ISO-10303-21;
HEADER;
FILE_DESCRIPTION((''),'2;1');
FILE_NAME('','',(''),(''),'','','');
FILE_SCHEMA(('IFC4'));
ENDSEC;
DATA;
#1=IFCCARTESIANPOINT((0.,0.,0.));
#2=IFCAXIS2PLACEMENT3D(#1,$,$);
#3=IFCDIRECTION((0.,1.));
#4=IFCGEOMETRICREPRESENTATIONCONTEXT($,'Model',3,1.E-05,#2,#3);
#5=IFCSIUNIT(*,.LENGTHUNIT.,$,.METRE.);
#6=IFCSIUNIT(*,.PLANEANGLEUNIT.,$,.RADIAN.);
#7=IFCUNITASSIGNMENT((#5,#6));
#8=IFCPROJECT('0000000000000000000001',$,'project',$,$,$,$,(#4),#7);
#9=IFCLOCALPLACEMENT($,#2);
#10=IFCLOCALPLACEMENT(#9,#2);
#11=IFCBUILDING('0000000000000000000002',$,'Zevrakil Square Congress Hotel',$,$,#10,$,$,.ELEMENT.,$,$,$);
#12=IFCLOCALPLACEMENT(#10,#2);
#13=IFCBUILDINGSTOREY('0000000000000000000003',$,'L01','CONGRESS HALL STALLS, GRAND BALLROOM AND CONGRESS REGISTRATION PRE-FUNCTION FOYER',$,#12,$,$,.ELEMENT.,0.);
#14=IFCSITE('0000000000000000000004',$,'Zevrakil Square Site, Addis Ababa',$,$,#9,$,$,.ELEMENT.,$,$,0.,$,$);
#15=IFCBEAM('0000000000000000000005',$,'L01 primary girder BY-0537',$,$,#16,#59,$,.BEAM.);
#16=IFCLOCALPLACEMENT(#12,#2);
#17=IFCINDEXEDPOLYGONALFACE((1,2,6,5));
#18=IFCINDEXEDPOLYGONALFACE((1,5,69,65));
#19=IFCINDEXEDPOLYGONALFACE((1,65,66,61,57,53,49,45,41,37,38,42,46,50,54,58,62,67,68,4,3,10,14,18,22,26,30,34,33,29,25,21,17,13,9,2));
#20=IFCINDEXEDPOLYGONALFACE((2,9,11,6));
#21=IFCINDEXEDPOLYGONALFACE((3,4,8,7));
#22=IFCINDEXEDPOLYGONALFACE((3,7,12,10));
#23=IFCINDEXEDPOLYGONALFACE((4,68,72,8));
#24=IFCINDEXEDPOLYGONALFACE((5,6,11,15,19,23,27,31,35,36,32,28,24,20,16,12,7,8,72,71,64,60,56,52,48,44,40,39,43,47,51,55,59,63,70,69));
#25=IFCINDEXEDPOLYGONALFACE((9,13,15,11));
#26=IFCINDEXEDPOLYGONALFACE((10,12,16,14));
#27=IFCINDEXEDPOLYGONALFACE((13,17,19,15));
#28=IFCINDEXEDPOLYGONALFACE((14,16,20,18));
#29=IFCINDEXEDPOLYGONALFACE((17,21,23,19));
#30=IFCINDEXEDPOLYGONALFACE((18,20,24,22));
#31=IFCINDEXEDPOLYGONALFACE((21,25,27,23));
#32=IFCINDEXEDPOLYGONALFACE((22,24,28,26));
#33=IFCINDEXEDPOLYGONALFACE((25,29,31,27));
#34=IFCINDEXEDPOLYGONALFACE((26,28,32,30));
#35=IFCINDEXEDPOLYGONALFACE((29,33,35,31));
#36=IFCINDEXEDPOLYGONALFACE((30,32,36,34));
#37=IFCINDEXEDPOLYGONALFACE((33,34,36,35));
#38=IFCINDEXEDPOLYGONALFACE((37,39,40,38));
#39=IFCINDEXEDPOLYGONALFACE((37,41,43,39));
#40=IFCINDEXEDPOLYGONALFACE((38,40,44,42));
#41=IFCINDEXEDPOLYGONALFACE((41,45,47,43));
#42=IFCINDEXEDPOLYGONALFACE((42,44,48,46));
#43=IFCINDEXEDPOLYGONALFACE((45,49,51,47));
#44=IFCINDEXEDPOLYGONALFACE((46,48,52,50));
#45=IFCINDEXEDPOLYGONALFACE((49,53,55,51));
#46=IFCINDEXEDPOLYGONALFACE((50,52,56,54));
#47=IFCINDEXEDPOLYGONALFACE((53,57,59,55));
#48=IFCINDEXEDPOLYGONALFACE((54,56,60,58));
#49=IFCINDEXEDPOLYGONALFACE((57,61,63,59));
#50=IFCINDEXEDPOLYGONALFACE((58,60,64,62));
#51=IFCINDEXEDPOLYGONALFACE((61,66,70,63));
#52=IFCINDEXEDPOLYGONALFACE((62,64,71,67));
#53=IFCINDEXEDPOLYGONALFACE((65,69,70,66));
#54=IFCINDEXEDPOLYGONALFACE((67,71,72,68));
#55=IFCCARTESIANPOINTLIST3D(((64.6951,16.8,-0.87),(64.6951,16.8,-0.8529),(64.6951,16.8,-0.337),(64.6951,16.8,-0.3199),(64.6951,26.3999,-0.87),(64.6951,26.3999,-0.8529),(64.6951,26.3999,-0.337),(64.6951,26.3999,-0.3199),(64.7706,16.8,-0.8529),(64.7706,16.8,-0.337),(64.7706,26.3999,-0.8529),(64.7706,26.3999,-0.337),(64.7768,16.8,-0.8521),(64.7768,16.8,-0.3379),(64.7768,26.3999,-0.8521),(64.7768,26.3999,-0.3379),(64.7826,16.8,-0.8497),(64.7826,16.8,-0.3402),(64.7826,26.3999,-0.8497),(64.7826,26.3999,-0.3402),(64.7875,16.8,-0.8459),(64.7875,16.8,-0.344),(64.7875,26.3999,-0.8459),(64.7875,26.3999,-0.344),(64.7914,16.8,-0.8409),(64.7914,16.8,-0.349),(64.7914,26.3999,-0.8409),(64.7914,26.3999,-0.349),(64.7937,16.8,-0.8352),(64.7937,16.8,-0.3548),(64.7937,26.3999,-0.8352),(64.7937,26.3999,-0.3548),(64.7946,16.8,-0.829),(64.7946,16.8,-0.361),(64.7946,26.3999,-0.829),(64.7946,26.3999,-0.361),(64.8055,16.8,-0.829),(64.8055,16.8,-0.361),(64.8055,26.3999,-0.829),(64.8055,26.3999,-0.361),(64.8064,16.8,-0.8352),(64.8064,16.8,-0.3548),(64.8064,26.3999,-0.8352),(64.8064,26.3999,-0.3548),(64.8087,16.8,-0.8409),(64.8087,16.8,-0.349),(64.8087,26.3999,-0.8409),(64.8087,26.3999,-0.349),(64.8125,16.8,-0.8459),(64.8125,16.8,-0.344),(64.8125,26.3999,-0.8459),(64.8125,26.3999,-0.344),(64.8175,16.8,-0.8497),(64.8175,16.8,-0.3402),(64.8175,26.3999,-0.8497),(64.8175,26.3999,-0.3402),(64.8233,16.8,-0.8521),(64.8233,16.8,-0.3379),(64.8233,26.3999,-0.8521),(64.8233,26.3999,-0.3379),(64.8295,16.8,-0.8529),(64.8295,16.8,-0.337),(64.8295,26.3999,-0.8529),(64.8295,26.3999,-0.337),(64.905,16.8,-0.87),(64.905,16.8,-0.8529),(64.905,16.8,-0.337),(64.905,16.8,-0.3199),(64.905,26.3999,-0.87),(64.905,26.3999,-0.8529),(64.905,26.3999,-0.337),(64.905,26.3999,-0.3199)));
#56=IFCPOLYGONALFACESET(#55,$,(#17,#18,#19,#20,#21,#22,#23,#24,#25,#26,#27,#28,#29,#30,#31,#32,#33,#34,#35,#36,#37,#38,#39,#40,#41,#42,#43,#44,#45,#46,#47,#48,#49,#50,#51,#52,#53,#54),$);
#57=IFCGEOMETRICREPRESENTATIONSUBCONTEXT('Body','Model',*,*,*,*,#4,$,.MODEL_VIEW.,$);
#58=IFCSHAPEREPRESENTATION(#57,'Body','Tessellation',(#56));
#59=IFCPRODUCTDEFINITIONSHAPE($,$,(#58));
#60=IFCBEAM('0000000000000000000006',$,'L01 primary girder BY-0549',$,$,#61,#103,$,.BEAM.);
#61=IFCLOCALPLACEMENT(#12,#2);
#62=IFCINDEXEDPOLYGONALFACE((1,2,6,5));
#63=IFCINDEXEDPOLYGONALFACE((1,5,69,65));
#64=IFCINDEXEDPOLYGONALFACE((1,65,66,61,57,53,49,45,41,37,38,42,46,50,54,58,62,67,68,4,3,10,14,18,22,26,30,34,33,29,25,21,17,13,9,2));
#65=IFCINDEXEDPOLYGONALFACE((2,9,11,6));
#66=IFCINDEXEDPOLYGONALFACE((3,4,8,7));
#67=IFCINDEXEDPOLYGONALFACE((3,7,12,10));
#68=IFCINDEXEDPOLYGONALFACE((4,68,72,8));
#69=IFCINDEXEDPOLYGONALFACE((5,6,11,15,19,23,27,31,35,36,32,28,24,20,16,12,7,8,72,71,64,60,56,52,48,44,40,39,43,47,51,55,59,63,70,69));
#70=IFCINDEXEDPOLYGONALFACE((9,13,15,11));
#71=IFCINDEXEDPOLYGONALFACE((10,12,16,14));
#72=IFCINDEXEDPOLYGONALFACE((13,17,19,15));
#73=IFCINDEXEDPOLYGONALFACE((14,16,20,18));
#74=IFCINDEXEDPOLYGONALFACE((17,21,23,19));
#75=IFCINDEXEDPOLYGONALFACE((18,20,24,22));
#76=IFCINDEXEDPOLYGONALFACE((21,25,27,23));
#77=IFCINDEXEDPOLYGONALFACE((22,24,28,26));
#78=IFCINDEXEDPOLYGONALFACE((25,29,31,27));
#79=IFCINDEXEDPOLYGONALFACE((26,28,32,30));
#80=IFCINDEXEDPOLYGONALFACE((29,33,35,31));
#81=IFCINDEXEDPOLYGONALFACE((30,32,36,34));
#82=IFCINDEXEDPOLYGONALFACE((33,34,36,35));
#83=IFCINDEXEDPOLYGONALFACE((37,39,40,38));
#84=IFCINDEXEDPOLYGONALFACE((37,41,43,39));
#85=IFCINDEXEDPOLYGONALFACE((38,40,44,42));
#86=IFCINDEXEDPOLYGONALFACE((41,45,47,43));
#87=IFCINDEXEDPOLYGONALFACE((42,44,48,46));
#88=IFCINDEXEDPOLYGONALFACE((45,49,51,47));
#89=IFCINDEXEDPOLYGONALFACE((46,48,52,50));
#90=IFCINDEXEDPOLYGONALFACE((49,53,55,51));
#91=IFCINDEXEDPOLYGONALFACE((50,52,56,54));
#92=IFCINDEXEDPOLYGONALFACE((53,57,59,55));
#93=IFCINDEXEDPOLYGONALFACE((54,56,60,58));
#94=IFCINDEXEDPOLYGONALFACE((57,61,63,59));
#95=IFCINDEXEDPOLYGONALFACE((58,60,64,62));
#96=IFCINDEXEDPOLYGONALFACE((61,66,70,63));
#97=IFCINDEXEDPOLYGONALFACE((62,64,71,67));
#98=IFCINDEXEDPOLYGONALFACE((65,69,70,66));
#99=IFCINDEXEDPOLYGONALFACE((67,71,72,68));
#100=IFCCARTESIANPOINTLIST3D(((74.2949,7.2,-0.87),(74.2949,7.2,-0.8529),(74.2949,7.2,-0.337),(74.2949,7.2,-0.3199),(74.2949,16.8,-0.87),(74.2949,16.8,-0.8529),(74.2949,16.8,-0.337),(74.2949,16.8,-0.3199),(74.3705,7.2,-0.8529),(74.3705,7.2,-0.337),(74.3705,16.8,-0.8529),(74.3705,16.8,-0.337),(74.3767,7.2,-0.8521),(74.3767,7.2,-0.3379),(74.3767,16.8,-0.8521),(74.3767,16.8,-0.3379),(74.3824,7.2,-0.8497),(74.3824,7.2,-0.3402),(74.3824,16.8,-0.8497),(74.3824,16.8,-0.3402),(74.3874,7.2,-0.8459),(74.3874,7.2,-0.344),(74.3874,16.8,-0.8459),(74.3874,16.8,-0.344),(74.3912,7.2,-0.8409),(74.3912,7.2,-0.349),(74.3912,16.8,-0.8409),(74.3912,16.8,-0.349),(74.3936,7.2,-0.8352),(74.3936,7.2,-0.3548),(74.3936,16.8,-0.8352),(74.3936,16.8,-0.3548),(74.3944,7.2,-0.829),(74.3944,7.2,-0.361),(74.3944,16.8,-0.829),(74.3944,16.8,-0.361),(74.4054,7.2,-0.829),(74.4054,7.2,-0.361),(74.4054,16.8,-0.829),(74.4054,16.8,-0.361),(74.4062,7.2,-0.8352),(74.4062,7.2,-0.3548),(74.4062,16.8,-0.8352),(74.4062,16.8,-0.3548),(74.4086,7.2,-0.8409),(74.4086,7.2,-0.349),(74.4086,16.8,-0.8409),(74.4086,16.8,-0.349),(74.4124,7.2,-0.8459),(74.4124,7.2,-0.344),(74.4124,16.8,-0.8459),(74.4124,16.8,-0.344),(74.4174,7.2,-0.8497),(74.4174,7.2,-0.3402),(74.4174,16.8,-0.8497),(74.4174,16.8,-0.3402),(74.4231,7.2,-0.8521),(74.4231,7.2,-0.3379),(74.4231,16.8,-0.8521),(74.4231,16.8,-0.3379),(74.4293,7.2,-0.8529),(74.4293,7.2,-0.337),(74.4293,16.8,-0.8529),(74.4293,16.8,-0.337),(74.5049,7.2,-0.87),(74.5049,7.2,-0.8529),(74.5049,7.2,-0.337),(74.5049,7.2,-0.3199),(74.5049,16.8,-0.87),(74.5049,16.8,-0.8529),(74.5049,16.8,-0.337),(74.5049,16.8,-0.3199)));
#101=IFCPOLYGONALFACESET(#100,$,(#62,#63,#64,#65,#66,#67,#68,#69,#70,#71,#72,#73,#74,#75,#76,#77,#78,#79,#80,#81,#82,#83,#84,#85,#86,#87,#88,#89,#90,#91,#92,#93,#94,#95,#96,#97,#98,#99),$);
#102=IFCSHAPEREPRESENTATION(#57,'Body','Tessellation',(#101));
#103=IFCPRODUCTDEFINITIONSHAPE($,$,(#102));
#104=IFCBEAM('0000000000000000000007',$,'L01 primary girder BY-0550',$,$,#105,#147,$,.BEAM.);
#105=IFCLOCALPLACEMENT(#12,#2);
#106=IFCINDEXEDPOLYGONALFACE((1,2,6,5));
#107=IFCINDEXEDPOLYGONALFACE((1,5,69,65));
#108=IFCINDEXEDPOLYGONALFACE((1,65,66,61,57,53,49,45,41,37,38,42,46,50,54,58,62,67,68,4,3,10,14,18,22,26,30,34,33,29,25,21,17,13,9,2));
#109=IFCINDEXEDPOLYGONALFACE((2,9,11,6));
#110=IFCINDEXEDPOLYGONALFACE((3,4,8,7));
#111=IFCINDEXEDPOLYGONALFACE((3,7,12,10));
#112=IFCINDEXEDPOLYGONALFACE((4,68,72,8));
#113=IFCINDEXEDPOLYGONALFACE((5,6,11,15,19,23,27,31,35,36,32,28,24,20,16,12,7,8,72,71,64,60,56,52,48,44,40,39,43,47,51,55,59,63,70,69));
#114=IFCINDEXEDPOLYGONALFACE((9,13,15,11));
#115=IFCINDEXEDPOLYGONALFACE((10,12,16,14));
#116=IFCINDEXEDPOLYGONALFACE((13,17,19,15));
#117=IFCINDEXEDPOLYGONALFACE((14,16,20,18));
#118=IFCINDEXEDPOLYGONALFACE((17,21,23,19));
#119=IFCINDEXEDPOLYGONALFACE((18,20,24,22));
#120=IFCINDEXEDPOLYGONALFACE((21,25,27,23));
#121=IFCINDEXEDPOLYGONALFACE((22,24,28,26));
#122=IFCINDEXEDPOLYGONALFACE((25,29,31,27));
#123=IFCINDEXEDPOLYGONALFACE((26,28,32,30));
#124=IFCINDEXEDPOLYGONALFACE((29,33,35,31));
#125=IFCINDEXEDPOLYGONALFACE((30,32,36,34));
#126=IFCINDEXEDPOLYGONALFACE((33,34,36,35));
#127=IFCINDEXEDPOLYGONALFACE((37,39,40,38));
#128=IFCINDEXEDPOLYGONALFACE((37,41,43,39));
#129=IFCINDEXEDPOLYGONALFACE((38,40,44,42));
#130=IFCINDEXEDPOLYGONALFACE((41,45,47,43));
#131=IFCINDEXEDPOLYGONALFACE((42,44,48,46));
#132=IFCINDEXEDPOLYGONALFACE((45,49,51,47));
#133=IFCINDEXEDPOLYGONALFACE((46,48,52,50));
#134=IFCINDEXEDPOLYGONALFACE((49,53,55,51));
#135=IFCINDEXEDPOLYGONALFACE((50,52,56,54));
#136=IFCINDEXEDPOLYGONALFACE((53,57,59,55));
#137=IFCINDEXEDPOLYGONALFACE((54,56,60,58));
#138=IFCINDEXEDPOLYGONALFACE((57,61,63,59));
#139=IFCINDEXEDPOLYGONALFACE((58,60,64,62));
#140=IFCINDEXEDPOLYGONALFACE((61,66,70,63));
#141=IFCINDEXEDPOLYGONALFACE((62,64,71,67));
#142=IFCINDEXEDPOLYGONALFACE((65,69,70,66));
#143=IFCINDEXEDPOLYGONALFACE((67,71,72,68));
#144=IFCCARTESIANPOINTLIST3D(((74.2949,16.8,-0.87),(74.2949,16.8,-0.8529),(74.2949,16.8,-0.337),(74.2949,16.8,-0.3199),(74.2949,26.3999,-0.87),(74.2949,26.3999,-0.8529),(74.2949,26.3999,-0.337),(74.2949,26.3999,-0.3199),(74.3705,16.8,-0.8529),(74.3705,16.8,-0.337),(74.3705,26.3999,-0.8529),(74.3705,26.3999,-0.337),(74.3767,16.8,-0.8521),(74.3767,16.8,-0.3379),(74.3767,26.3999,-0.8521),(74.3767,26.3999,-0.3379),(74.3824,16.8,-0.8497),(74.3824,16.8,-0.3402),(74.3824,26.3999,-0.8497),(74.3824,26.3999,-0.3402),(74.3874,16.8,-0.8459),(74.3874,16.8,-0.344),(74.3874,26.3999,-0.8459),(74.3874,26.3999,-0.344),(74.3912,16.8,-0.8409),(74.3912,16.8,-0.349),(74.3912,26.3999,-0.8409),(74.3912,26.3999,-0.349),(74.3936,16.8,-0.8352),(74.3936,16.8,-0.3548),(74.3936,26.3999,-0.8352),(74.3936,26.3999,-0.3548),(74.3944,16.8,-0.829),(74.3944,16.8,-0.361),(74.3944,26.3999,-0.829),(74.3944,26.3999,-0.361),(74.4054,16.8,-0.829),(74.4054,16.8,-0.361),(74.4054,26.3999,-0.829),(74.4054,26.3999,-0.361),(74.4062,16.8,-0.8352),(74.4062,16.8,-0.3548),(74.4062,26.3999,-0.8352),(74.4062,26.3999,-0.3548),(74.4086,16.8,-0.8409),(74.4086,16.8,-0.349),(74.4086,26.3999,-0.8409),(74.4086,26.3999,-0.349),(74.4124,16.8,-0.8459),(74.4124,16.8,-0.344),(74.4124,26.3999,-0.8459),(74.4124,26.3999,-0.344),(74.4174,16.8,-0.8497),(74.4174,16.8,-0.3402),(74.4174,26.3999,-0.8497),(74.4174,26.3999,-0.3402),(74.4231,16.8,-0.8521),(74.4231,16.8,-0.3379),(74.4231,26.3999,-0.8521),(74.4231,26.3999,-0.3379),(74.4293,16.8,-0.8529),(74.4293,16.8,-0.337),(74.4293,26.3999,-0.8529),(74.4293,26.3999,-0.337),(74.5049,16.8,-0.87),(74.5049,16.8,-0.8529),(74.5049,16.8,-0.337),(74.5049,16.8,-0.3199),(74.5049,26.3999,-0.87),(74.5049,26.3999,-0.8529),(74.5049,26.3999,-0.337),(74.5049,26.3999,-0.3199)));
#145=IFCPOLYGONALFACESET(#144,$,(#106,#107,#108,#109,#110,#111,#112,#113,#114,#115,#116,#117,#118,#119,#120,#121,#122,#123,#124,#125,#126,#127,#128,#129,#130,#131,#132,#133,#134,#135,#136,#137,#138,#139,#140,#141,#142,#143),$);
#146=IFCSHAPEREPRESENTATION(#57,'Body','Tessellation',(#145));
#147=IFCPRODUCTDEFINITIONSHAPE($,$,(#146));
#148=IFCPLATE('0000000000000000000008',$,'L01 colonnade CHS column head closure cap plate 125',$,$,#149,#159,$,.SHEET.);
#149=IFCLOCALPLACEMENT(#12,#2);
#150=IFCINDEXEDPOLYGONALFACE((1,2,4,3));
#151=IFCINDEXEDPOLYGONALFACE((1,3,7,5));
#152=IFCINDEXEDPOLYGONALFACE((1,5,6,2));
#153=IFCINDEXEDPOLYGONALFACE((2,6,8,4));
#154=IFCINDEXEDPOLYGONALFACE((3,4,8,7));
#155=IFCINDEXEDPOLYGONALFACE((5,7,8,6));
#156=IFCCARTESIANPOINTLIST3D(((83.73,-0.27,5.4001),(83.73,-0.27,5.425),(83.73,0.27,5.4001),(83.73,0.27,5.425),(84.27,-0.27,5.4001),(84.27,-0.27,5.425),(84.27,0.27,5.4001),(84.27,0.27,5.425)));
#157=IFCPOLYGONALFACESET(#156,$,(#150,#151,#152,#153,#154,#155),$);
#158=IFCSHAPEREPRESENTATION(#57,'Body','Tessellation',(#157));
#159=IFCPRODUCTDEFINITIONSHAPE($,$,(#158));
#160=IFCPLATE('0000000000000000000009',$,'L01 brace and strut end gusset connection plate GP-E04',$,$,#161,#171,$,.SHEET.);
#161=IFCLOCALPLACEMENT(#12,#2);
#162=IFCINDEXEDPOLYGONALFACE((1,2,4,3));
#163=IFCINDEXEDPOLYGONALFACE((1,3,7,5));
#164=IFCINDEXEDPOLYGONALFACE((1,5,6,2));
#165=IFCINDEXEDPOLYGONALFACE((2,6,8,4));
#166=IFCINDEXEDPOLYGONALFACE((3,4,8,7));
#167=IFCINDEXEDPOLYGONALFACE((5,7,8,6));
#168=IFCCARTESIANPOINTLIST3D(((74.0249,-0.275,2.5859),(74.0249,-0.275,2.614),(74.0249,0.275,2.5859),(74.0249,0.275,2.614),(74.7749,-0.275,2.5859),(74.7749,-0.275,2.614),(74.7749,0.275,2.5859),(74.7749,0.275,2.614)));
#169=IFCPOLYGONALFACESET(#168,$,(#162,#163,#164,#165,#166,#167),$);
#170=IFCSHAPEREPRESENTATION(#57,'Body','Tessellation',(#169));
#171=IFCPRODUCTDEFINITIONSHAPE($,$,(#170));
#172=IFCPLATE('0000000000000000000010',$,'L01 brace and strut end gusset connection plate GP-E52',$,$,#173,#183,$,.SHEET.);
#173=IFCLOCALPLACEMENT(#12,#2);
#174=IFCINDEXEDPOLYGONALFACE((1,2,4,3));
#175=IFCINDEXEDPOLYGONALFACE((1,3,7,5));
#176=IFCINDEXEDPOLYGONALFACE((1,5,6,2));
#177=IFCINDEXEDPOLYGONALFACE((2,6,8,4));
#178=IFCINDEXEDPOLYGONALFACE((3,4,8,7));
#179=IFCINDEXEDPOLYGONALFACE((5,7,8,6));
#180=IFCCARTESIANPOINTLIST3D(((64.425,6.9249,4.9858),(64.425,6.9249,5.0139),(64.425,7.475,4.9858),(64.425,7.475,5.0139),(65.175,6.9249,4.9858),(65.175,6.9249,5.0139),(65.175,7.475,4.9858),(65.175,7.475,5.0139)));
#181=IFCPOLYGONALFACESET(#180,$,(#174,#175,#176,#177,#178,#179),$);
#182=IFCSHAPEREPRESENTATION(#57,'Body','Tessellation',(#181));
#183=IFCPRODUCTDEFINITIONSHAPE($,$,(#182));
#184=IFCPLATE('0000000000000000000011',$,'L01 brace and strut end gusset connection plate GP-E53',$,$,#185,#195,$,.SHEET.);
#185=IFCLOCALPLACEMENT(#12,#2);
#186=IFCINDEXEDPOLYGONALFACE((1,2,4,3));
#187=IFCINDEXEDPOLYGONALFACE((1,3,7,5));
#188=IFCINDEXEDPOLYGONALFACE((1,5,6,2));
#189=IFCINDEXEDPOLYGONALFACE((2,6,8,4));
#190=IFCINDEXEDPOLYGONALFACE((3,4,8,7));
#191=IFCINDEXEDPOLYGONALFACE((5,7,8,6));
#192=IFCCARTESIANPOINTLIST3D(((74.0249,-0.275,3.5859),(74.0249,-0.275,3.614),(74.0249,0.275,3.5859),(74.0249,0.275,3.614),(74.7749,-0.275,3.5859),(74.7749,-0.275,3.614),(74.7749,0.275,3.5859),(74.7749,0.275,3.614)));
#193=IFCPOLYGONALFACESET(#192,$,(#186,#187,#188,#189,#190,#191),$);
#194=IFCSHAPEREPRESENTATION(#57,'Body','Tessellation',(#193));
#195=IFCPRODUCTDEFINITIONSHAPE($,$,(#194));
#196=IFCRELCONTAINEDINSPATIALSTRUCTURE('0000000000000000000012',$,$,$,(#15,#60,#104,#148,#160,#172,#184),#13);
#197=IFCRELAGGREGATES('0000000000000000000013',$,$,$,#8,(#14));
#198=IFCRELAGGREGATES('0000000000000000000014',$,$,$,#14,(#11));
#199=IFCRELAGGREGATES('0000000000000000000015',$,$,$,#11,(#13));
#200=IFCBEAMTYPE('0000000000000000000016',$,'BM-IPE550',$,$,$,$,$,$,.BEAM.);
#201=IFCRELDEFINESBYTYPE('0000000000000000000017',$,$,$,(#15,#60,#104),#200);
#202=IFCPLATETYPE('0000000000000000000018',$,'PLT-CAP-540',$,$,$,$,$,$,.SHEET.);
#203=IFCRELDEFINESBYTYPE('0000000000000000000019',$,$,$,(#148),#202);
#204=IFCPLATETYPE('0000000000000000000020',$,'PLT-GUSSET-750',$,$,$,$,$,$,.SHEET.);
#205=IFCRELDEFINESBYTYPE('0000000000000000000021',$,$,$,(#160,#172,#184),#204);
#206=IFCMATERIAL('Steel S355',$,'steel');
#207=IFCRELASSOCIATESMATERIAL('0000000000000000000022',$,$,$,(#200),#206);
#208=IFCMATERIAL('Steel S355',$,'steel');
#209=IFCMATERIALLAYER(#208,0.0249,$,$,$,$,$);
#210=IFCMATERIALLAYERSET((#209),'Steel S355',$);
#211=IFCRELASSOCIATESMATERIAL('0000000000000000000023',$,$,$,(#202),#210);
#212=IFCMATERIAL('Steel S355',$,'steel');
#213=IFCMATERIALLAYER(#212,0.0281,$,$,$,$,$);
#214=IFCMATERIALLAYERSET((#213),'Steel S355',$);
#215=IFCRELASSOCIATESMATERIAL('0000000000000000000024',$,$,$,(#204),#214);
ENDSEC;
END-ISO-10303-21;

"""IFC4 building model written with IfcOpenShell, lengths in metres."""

from ifc_helpers import new_model, si_unit, direction, frame, origin, origin_2d, place, context, subcontext, project, spatial, rectangle, i_section, extrude, material, layer, layer_set, material_profile, profile_set, type_object, element, save


model = new_model("IFC4")

# Units and contexts
model_context = context("Model", 3, precision=1e-05, world=origin(), true_north=direction((0.0, 1.0)))
body_context = subcontext(model_context, "Body", "Model", "MODEL_VIEW")
ifc_project = project(units=[si_unit("LENGTHUNIT", "METRE"), si_unit("PLANEANGLEUNIT", "RADIAN")], contexts=[model_context])

# Site, building, storey
site_placement = place(None, origin())
site = spatial("IfcSite", under=ifc_project, at=site_placement, Name="Zevrakil Square Site, Addis Ababa", CompositionType="ELEMENT", RefElevation=0.0)
building_placement = place(site_placement, origin())
building = spatial("IfcBuilding", under=site, at=building_placement, Name="Zevrakil Square Congress Hotel", CompositionType="ELEMENT")
storey_placement = place(building_placement, origin())
storey = spatial("IfcBuildingStorey", under=building, at=storey_placement, Name="L01", Description="CONGRESS HALL STALLS, GRAND BALLROOM AND CONGRESS REGISTRATION PRE-FUNCTION FOYER", CompositionType="ELEMENT", Elevation=0.0)

# Beams
ifc_material_1 = material(Name="Steel S355", Category="steel")
ifc_material_profile_1 = material_profile(ifc_material_1, i_section(OverallWidth=0.21, OverallDepth=0.55, WebThickness=0.011, FlangeThickness=0.0171, FilletRadius=0.0239, at=origin_2d()), Name="IPE 550")
ifc_profile_set_1 = profile_set([ifc_material_profile_1], Name="Steel S355")
beam_type_1 = type_object("IfcBeamType", Name="BM-IPE550", PredefinedType="BEAM", material=ifc_profile_set_1)
beam_1_placement = place(storey_placement, frame((64.8, 16.8, -0.595), z_axis=(0.0, 1.0, 0.0), x_axis=(-1.0, 0.0, 0.0)))
element("IfcBeam", 1, at=beam_1_placement, inside=storey, type_object=beam_type_1, Name="L01 primary girder BY-0537", PredefinedType="BEAM", context=body_context, shape_type="SweptSolid", body=[
    extrude(i_section(OverallWidth=0.21, OverallDepth=0.55, WebThickness=0.011, FlangeThickness=0.0171, FilletRadius=0.0239, at=origin_2d()), origin(), (0.0, 0.0, 1.0), 9.5999),
])
beam_2_placement = place(storey_placement, frame((74.3999, 7.2, -0.595), z_axis=(0.0, 1.0, 0.0), x_axis=(-1.0, 0.0, 0.0)))
element("IfcBeam", 2, at=beam_2_placement, inside=storey, type_object=beam_type_1, Name="L01 primary girder BY-0549", PredefinedType="BEAM", context=body_context, shape_type="SweptSolid", body=[
    extrude(i_section(OverallWidth=0.21, OverallDepth=0.55, WebThickness=0.011, FlangeThickness=0.0171, FilletRadius=0.0239, at=origin_2d()), origin(), (0.0, 0.0, 1.0), 9.6001),
])
beam_3_placement = place(storey_placement, frame((74.3999, 16.8, -0.595), z_axis=(0.0, 1.0, 0.0), x_axis=(-1.0, 0.0, 0.0)))
element("IfcBeam", 3, at=beam_3_placement, inside=storey, type_object=beam_type_1, Name="L01 primary girder BY-0550", PredefinedType="BEAM", context=body_context, shape_type="SweptSolid", body=[
    extrude(i_section(OverallWidth=0.21, OverallDepth=0.55, WebThickness=0.011, FlangeThickness=0.0171, FilletRadius=0.0239, at=origin_2d()), origin(), (0.0, 0.0, 1.0), 9.5999),
])

# Plates
ifc_material_2 = material(Name="Steel S355", Category="steel")
ifc_layer_1 = layer(ifc_material_2, 0.0249)
ifc_layer_set_1 = layer_set([ifc_layer_1], Name="Steel S355")
plate_type_1 = type_object("IfcPlateType", Name="PLT-CAP-540", PredefinedType="SHEET", material=ifc_layer_set_1)
plate_placement = place(storey_placement, frame((84.0, 0.0, 5.4001), z_axis=(0.0, 0.0, 1.0), x_axis=(1.0, 0.0, 0.0)))
element("IfcPlate", 4, at=plate_placement, inside=storey, type_object=plate_type_1, Name="L01 colonnade CHS column head closure cap plate 125", PredefinedType="SHEET", context=body_context, shape_type="SweptSolid", body=[
    extrude(rectangle(XDim=0.54, YDim=0.54, at=origin_2d()), origin(), (0.0, 0.0, 1.0), 0.0249),
])
ifc_material_3 = material(Name="Steel S355", Category="steel")
ifc_layer_2 = layer(ifc_material_3, 0.0281)
ifc_layer_set_2 = layer_set([ifc_layer_2], Name="Steel S355")
plate_type_2 = type_object("IfcPlateType", Name="PLT-GUSSET-750", PredefinedType="SHEET", material=ifc_layer_set_2)
for number, where, z_axis, x_axis, name in (
    (5, (74.3999, 0.0, 2.5859), (0.0, 0.0, 1.0), (1.0, 0.0, 0.0), "L01 brace and strut end gusset connection plate GP-E04"),
    (6, (64.8, 7.2, 4.9858), (0.0, 0.0, 1.0), (1.0, 0.0, 0.0), "L01 brace and strut end gusset connection plate GP-E52"),
    (7, (74.3999, 0.0, 3.5859), (0.0, 0.0, 1.0), (1.0, 0.0, 0.0), "L01 brace and strut end gusset connection plate GP-E53"),
):
    element("IfcPlate", number, at=place(storey_placement, frame(where, z_axis=z_axis, x_axis=x_axis)), inside=storey, type_object=plate_type_2, Name=name, PredefinedType="SHEET", context=body_context, shape_type="SweptSolid", body=[
        extrude(rectangle(XDim=0.75, YDim=0.55, at=origin_2d()), origin(), (0.0, 0.0, 1.0), 0.0281),
    ])

save(model, "model.ifc")
